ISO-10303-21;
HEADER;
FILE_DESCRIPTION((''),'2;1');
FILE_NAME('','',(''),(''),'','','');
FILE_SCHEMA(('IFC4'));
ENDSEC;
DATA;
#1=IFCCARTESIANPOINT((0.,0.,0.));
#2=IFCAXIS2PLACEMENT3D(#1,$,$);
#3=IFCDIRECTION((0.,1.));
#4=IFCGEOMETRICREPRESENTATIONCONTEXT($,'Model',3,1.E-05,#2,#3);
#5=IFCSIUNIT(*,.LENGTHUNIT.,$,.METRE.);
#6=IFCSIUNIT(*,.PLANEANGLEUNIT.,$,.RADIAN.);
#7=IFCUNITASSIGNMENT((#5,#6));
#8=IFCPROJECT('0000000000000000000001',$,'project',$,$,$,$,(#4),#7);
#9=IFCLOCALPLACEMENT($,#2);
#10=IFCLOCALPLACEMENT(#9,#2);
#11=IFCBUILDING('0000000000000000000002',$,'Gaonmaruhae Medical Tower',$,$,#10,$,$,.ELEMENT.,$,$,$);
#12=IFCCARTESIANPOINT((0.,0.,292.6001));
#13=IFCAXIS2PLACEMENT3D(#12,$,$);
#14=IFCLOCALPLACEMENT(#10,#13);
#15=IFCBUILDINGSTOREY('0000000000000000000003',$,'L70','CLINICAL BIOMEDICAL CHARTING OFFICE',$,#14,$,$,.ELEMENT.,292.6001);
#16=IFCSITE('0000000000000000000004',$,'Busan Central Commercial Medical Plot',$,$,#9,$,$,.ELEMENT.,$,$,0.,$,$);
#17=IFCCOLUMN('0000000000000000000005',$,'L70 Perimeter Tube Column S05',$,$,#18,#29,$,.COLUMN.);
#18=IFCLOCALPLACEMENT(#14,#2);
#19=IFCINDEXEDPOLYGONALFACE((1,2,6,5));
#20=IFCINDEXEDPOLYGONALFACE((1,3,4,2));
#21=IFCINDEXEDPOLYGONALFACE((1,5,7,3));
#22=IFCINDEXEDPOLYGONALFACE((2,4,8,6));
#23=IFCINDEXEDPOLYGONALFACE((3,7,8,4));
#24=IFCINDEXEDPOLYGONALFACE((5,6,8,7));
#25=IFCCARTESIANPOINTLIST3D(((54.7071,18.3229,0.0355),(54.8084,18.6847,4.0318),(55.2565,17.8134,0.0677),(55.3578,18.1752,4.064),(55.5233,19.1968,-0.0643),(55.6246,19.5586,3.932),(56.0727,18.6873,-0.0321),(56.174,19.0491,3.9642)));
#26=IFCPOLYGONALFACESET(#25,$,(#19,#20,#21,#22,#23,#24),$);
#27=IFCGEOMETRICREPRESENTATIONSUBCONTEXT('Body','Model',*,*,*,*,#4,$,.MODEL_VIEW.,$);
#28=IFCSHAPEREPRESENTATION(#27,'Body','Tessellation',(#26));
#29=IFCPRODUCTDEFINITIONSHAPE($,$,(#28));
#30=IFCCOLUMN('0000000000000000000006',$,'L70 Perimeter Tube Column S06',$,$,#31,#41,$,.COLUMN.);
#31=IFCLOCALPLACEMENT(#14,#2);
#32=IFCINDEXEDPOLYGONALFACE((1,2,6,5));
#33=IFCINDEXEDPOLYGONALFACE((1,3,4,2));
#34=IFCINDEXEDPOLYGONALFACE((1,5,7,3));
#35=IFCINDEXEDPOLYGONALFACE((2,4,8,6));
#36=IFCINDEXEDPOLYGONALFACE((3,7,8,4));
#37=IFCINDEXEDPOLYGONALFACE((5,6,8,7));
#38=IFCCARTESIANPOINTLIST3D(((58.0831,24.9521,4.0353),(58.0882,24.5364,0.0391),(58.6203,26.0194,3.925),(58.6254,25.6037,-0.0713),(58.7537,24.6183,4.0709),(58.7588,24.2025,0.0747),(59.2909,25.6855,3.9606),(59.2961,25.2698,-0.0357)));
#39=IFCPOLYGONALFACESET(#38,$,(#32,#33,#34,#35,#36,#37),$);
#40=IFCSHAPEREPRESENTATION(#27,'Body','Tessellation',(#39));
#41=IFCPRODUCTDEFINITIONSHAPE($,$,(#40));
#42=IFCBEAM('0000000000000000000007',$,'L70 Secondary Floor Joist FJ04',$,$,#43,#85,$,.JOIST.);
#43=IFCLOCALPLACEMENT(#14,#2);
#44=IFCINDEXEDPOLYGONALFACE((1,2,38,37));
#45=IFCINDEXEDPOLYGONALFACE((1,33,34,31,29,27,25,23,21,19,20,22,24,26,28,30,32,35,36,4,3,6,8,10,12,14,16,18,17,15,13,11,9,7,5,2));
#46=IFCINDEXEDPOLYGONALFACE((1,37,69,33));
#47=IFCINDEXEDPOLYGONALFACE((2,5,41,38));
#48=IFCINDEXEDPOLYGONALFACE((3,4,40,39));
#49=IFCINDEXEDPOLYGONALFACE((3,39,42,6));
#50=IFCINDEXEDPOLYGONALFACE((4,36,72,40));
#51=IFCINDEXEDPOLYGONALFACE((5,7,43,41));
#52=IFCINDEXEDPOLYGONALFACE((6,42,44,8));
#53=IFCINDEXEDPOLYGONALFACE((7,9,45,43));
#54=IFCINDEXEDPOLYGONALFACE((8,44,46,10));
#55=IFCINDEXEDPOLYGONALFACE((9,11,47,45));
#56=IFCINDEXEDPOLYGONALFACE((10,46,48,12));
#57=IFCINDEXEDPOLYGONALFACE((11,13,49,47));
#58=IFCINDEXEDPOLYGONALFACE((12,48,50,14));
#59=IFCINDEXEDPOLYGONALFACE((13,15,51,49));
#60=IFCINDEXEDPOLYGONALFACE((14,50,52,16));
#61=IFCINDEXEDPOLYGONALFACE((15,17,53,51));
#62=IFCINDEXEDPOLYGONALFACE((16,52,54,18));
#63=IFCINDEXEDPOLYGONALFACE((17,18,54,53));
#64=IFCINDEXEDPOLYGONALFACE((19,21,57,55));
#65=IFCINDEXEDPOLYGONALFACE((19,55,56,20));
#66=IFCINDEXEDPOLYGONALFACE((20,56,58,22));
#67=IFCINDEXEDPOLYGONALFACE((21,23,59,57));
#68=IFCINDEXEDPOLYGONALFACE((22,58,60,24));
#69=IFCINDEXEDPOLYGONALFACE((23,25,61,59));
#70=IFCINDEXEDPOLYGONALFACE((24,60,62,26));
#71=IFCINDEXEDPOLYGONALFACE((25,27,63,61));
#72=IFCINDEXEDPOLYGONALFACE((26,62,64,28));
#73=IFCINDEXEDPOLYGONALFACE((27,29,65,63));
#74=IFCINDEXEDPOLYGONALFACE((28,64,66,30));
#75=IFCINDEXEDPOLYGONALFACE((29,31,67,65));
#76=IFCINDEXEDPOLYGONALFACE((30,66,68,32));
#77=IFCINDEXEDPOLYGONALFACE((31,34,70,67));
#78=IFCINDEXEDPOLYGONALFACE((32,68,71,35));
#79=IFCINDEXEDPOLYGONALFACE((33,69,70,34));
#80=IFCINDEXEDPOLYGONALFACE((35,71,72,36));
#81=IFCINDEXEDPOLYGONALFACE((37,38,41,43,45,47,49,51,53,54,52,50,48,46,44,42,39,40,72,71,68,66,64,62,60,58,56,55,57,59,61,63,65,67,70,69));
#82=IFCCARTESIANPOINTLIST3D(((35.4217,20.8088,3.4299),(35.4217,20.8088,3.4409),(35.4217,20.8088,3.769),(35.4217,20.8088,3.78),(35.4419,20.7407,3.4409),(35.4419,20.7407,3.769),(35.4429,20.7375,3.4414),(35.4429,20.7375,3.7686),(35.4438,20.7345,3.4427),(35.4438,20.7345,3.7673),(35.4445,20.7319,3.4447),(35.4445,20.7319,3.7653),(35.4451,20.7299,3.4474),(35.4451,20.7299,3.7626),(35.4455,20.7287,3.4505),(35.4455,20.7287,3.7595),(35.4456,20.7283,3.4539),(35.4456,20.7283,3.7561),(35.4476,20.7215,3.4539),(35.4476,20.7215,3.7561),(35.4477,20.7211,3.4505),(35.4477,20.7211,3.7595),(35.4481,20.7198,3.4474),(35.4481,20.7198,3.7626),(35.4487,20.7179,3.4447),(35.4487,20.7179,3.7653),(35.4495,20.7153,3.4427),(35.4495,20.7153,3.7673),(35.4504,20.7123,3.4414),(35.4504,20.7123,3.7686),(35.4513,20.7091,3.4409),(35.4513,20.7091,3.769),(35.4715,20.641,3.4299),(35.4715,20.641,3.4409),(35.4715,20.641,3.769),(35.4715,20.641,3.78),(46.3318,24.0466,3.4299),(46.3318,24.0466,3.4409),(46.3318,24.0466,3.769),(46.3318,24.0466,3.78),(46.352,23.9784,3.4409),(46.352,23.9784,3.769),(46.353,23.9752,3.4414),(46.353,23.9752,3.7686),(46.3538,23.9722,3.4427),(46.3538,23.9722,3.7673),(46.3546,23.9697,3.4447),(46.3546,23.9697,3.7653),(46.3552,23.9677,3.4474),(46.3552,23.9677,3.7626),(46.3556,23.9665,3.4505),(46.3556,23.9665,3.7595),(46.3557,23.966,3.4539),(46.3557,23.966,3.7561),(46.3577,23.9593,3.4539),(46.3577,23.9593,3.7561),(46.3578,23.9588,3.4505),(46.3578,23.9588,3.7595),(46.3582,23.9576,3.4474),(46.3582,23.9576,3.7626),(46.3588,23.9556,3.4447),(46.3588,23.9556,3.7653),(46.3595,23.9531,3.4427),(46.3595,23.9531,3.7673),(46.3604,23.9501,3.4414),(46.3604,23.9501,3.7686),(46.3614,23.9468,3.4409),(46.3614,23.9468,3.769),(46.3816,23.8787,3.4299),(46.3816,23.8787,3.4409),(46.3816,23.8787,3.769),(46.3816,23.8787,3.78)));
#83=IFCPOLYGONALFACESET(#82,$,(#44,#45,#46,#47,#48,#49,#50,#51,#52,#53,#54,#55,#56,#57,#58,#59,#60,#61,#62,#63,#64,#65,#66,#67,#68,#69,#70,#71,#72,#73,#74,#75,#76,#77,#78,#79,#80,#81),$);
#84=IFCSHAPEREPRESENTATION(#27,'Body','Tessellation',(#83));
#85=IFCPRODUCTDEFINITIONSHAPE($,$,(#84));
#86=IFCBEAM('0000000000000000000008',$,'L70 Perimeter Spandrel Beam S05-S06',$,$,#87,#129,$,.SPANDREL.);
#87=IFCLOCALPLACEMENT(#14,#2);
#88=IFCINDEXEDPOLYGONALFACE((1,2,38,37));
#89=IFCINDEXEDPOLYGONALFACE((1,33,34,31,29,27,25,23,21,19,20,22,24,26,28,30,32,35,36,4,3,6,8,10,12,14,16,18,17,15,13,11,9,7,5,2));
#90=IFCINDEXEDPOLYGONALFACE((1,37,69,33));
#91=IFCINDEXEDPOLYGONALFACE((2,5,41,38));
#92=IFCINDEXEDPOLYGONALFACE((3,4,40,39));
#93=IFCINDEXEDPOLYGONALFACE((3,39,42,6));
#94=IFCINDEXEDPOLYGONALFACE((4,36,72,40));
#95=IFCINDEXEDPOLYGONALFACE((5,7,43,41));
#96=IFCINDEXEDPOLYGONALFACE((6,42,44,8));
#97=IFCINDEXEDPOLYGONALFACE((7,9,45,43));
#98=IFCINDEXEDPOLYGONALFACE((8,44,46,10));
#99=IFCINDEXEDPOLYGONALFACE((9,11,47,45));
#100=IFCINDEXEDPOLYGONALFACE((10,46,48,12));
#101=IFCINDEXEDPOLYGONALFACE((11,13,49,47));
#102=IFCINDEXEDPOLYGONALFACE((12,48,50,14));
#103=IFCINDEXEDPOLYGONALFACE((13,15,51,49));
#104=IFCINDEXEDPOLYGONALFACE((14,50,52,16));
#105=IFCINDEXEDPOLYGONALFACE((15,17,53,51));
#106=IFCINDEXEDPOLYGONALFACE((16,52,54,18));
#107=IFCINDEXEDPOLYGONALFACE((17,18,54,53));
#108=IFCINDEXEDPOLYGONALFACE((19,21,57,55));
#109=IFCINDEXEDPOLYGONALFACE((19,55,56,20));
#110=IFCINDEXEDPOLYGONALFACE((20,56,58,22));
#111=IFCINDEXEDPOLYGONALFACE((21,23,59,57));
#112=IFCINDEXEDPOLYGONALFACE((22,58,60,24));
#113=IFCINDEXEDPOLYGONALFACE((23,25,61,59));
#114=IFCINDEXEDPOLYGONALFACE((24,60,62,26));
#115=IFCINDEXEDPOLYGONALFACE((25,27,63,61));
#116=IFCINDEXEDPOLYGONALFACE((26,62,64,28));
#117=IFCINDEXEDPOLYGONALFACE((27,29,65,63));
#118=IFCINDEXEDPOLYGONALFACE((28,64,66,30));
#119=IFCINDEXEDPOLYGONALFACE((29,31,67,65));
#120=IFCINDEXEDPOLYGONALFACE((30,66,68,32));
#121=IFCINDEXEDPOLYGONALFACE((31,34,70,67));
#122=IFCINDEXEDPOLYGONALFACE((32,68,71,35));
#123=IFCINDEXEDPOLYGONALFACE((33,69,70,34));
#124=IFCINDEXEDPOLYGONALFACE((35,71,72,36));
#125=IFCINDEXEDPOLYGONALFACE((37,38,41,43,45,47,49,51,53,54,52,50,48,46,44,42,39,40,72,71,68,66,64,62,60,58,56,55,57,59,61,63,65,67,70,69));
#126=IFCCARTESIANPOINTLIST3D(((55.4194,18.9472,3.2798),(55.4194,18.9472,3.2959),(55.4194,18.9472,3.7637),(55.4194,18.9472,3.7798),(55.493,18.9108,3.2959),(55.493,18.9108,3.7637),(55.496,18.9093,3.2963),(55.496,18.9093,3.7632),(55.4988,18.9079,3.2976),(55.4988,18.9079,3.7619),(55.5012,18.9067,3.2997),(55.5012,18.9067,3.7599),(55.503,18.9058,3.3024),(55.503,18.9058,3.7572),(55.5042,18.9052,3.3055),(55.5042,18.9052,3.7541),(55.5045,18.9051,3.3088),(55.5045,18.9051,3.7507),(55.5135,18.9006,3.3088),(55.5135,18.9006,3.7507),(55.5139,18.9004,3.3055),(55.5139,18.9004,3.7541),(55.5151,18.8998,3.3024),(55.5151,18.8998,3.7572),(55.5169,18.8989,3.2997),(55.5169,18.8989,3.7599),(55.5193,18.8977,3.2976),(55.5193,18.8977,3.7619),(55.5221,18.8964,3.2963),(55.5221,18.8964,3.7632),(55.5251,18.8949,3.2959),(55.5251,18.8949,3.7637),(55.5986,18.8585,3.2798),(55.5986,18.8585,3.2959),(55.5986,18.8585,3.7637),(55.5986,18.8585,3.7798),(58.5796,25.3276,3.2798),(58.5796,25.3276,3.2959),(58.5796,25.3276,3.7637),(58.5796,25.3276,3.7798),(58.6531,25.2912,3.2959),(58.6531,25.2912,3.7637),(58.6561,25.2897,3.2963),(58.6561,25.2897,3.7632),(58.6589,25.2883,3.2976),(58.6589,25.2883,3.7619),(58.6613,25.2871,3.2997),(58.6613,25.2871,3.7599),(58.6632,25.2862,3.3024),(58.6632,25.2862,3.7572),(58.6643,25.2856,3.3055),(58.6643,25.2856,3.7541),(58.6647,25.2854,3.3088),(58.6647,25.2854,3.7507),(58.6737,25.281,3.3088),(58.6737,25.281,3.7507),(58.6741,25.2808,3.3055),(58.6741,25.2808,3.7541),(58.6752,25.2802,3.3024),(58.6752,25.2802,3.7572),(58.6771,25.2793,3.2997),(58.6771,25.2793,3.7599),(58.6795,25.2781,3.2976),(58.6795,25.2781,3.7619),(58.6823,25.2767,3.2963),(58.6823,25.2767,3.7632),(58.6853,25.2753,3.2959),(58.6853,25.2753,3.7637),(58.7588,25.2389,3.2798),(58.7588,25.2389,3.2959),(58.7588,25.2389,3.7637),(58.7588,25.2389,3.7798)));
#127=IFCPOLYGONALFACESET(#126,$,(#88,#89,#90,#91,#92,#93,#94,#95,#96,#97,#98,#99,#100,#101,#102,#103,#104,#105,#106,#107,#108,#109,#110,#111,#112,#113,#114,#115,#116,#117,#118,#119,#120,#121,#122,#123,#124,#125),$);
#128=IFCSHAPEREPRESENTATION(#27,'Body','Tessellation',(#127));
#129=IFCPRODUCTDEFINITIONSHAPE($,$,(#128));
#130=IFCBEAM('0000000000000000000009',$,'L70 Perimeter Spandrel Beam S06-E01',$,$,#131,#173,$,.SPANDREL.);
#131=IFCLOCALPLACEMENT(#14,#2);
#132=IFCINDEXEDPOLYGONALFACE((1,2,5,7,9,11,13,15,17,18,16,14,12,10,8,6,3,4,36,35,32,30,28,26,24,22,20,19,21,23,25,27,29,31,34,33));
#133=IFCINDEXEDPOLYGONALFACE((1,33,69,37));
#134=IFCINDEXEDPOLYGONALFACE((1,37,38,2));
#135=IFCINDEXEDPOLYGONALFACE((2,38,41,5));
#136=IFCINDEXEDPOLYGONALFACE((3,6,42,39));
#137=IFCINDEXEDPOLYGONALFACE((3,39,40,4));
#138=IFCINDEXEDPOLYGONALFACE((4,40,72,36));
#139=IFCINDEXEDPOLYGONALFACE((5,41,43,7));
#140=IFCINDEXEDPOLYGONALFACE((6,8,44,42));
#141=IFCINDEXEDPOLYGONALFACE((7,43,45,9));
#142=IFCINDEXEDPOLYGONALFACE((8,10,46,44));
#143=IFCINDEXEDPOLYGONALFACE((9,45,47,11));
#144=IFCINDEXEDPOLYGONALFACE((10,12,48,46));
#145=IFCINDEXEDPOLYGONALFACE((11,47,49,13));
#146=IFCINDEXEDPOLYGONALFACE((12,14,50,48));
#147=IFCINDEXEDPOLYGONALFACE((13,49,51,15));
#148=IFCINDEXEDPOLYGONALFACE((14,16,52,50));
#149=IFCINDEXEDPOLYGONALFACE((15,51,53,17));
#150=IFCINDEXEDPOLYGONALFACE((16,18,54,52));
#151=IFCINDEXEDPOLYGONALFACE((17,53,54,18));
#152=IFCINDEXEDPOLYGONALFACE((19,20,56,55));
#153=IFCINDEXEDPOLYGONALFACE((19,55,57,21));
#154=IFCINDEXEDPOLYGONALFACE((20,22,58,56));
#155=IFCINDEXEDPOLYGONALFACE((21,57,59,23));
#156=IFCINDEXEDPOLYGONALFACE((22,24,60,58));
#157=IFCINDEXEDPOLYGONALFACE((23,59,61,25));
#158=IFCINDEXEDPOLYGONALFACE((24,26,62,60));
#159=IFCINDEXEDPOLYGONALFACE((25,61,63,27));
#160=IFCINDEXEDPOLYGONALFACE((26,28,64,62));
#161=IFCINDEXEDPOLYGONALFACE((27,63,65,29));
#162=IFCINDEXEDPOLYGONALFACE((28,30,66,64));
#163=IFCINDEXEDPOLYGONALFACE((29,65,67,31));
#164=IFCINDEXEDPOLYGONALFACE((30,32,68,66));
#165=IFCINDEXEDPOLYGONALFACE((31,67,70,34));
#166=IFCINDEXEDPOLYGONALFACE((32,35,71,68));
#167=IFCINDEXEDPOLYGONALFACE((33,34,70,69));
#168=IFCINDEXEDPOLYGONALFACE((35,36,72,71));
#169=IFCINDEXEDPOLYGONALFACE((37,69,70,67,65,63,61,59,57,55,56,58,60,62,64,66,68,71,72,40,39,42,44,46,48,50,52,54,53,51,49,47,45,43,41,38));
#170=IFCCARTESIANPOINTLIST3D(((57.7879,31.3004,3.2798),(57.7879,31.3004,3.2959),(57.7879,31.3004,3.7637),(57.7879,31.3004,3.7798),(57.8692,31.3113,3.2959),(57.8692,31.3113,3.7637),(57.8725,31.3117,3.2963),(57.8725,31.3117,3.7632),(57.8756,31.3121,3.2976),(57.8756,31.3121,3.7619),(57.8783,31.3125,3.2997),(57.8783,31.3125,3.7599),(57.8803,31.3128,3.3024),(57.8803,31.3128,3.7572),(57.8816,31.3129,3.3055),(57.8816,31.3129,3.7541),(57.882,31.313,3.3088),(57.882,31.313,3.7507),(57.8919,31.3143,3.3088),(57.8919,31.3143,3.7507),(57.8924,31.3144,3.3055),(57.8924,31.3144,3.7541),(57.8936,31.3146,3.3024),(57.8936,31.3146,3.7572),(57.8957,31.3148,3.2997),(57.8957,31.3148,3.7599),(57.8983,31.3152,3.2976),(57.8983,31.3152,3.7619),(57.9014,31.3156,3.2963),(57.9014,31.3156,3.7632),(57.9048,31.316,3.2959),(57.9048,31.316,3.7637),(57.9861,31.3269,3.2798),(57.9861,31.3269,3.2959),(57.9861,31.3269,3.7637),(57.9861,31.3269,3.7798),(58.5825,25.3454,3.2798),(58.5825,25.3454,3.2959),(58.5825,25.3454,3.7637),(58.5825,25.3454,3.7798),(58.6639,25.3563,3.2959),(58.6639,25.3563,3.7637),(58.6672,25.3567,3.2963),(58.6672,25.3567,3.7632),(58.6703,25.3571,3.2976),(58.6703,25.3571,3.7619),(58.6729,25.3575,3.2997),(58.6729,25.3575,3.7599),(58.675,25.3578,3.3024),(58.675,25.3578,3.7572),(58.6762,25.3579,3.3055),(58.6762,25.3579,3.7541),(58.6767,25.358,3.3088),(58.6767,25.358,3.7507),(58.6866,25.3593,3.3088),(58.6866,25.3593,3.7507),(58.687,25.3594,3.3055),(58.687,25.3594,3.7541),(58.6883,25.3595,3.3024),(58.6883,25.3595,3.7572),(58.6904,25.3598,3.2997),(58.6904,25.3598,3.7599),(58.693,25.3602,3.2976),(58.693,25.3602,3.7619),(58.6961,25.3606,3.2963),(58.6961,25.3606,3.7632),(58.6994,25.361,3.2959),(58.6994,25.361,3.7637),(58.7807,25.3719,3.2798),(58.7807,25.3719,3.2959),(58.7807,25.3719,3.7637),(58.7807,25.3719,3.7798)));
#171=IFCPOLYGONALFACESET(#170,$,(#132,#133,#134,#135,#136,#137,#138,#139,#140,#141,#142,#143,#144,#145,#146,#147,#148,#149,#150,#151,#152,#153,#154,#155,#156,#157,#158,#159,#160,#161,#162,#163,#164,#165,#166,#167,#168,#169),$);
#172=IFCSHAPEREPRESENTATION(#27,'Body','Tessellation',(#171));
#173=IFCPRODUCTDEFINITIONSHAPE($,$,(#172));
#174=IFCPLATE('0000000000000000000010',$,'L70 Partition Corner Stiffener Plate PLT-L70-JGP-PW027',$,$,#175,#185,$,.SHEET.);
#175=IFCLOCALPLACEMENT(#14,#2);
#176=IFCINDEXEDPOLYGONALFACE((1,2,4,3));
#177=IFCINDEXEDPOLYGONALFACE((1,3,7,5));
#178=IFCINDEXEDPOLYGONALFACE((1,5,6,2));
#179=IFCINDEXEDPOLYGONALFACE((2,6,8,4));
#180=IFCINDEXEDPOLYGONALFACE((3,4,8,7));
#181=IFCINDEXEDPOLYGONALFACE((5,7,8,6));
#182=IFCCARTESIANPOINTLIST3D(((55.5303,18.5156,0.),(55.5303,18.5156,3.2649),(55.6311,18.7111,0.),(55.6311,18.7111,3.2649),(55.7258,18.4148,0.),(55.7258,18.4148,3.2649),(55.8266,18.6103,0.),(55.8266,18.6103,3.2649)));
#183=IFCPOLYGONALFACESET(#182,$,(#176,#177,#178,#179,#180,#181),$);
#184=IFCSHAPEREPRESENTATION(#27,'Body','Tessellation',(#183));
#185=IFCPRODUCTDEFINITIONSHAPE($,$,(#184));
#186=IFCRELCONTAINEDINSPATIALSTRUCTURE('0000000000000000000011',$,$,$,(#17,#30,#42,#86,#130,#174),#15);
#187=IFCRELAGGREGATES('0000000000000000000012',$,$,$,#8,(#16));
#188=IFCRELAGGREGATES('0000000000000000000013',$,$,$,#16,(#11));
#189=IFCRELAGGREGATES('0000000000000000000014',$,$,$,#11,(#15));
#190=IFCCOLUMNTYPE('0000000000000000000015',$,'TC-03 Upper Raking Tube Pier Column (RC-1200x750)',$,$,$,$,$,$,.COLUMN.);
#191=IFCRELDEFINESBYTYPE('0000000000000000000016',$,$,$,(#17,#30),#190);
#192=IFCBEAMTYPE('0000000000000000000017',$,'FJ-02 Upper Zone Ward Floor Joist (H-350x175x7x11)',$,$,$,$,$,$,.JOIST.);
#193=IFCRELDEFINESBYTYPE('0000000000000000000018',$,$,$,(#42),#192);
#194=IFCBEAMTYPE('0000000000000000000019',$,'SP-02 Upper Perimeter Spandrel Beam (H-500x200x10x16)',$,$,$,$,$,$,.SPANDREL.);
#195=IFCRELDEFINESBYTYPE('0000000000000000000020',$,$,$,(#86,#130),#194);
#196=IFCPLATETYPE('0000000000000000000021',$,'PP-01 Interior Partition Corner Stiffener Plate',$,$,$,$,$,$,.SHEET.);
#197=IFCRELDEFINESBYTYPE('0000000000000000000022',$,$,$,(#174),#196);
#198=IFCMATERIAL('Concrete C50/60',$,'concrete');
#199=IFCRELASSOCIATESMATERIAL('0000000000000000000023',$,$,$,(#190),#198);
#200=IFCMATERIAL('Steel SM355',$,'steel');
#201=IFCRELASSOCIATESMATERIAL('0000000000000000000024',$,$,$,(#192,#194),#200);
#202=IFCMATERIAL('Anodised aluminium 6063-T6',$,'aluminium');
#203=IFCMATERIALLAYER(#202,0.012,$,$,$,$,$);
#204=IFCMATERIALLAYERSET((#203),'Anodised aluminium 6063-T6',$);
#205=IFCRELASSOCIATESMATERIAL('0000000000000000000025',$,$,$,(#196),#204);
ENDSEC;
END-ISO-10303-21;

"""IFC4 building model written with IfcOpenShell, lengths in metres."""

from ifc_helpers import new_model, si_unit, direction, frame, origin, origin_2d, place, context, subcontext, project, spatial, rectangle, i_section, extrude, material, layer, layer_set, material_profile, profile_set, type_object, element, save


model = new_model("IFC4")

# Units and contexts
model_context = context("Model", 3, precision=1e-05, world=origin(), true_north=direction((0.0, 1.0)))
body_context = subcontext(model_context, "Body", "Model", "MODEL_VIEW")
ifc_project = project(units=[si_unit("LENGTHUNIT", "METRE"), si_unit("PLANEANGLEUNIT", "RADIAN")], contexts=[model_context])

# Site, building, storey
site_placement = place(None, origin())
site = spatial("IfcSite", under=ifc_project, at=site_placement, Name="Busan Central Commercial Medical Plot", CompositionType="ELEMENT", RefElevation=0.0)
building_placement = place(site_placement, origin())
building = spatial("IfcBuilding", under=site, at=building_placement, Name="Gaonmaruhae Medical Tower", CompositionType="ELEMENT")
storey_placement = place(building_placement, frame((0.0, 0.0, 292.6001)))
storey = spatial("IfcBuildingStorey", under=building, at=storey_placement, Name="L70", Description="CLINICAL BIOMEDICAL CHARTING OFFICE", CompositionType="ELEMENT", Elevation=292.6001)

# Columns
ifc_material_1 = material(Name="Concrete C50/60", Category="concrete")
ifc_material_profile_1 = material_profile(ifc_material_1, rectangle(XDim=1.2, YDim=0.75, at=origin_2d()), Name="RC-1200x750")
ifc_profile_set_1 = profile_set([ifc_material_profile_1], Name="Concrete C50/60")
column_type = type_object("IfcColumnType", Name="TC-03 Upper Raking Tube Pier Column (RC-1200x750)", PredefinedType="COLUMN", material=ifc_profile_set_1)
column_1_placement = place(storey_placement, frame((55.3899, 18.5051, 0.0017), z_axis=(0.025241, 0.090139, 0.995609), x_axis=(-0.680227, -0.728267, 0.083181)))
element("IfcColumn", 1, at=column_1_placement, inside=storey, type_object=column_type, Name="L70 Perimeter Tube Column S05", PredefinedType="COLUMN", context=body_context, shape_type="SweptSolid", body=[
    extrude(rectangle(XDim=1.2, YDim=0.75, at=origin_2d()), origin(), (0.0, 0.0, 1.0), 4.0139),
])
column_2_placement = place(storey_placement, frame((58.6921, 24.9031, 0.0017), z_axis=(-0.001276, 0.10348, 0.994631), x_axis=(-0.447717, -0.889434, 0.091961)))
element("IfcColumn", 2, at=column_2_placement, inside=storey, type_object=column_type, Name="L70 Perimeter Tube Column S06", PredefinedType="COLUMN", context=body_context, shape_type="SweptSolid", body=[
    extrude(rectangle(XDim=1.2, YDim=0.75, at=origin_2d()), origin(), (0.0, 0.0, 1.0), 4.0178),
])

# Beams
ifc_material_2 = material(Name="Steel SM355", Category="steel")
ifc_material_profile_2 = material_profile(ifc_material_2, i_section(OverallWidth=0.175, OverallDepth=0.3501, WebThickness=0.0071, FlangeThickness=0.011, FilletRadius=0.0129, at=origin_2d()), Name="H-350x175x7x11")
ifc_profile_set_2 = profile_set([ifc_material_profile_2], Name="Steel SM355")
beam_type_1 = type_object("IfcBeamType", Name="FJ-02 Upper Zone Ward Floor Joist (H-350x175x7x11)", PredefinedType="JOIST", material=ifc_profile_set_2)
beam_1_placement = place(storey_placement, frame((46.3567, 23.9626, 3.605), z_axis=(-0.958675, -0.284505, 0.0), x_axis=(0.284505, -0.958675, 0.0)))
element("IfcBeam", 3, at=beam_1_placement, inside=storey, type_object=beam_type_1, Name="L70 Secondary Floor Joist FJ04", PredefinedType="JOIST", context=body_context, shape_type="SweptSolid", body=[
    extrude(i_section(OverallWidth=0.175, OverallDepth=0.3501, WebThickness=0.0071, FlangeThickness=0.011, FilletRadius=0.0129, at=origin_2d()), origin(), (0.0, 0.0, 1.0), 11.3804),
])
ifc_material_profile_3 = material_profile(ifc_material_2, i_section(OverallWidth=0.2, OverallDepth=0.5, WebThickness=0.01, FlangeThickness=0.0161, FilletRadius=0.0129, at=origin_2d()), Name="H-500x200x10x16")
ifc_profile_set_3 = profile_set([ifc_material_profile_3], Name="Steel SM355")
beam_type_2 = type_object("IfcBeamType", Name="SP-02 Upper Perimeter Spandrel Beam (H-500x200x10x16)", PredefinedType="SPANDREL", material=ifc_profile_set_3)
beam_2_placement = place(storey_placement, frame((55.509, 18.9028, 3.5298), z_axis=(0.443836, 0.896108, 0.0), x_axis=(-0.896108, 0.443836, 0.0)))
element("IfcBeam", 4, at=beam_2_placement, inside=storey, type_object=beam_type_2, Name="L70 Perimeter Spandrel Beam S05-S06", PredefinedType="SPANDREL", context=body_context, shape_type="SweptSolid", body=[
    extrude(i_section(OverallWidth=0.2, OverallDepth=0.5, WebThickness=0.01, FlangeThickness=0.0161, FilletRadius=0.0129, at=origin_2d()), origin(), (0.0, 0.0, 1.0), 7.1201),
])
beam_3_placement = place(storey_placement, frame((58.6816, 25.3586, 3.5298), z_axis=(-0.132273, 0.991213, 0.0), x_axis=(-0.991213, -0.132273, 0.0)))
element("IfcBeam", 5, at=beam_3_placement, inside=storey, type_object=beam_type_2, Name="L70 Perimeter Spandrel Beam S06-E01", PredefinedType="SPANDREL", context=body_context, shape_type="SweptSolid", body=[
    extrude(i_section(OverallWidth=0.2, OverallDepth=0.5, WebThickness=0.01, FlangeThickness=0.0161, FilletRadius=0.0129, at=origin_2d()), origin(), (0.0, 0.0, 1.0), 6.0078),
])

# Plate
ifc_material_3 = material(Name="Anodised aluminium 6063-T6", Category="aluminium")
ifc_layer_1 = layer(ifc_material_3, 0.012)
ifc_layer_set_1 = layer_set([ifc_layer_1], Name="Anodised aluminium 6063-T6")
plate_type = type_object("IfcPlateType", Name="PP-01 Interior Partition Corner Stiffener Plate", PredefinedType="SHEET", material=ifc_layer_set_1)
plate_1_placement = place(storey_placement, frame((55.6785, 18.563, 0.0), z_axis=(0.0, 0.0, 1.0), x_axis=(-0.458293, -0.888801, 0.0)))
element("IfcPlate", 6, at=plate_1_placement, inside=storey, type_object=plate_type, Name="L70 Partition Corner Stiffener Plate PLT-L70-JGP-PW027", PredefinedType="SHEET", context=body_context, shape_type="SweptSolid", body=[
    extrude(rectangle(XDim=0.22, YDim=0.22, at=origin_2d()), origin(), (0.0, 0.0, 1.0), 3.2649),
])

save(model, "model.ifc")
